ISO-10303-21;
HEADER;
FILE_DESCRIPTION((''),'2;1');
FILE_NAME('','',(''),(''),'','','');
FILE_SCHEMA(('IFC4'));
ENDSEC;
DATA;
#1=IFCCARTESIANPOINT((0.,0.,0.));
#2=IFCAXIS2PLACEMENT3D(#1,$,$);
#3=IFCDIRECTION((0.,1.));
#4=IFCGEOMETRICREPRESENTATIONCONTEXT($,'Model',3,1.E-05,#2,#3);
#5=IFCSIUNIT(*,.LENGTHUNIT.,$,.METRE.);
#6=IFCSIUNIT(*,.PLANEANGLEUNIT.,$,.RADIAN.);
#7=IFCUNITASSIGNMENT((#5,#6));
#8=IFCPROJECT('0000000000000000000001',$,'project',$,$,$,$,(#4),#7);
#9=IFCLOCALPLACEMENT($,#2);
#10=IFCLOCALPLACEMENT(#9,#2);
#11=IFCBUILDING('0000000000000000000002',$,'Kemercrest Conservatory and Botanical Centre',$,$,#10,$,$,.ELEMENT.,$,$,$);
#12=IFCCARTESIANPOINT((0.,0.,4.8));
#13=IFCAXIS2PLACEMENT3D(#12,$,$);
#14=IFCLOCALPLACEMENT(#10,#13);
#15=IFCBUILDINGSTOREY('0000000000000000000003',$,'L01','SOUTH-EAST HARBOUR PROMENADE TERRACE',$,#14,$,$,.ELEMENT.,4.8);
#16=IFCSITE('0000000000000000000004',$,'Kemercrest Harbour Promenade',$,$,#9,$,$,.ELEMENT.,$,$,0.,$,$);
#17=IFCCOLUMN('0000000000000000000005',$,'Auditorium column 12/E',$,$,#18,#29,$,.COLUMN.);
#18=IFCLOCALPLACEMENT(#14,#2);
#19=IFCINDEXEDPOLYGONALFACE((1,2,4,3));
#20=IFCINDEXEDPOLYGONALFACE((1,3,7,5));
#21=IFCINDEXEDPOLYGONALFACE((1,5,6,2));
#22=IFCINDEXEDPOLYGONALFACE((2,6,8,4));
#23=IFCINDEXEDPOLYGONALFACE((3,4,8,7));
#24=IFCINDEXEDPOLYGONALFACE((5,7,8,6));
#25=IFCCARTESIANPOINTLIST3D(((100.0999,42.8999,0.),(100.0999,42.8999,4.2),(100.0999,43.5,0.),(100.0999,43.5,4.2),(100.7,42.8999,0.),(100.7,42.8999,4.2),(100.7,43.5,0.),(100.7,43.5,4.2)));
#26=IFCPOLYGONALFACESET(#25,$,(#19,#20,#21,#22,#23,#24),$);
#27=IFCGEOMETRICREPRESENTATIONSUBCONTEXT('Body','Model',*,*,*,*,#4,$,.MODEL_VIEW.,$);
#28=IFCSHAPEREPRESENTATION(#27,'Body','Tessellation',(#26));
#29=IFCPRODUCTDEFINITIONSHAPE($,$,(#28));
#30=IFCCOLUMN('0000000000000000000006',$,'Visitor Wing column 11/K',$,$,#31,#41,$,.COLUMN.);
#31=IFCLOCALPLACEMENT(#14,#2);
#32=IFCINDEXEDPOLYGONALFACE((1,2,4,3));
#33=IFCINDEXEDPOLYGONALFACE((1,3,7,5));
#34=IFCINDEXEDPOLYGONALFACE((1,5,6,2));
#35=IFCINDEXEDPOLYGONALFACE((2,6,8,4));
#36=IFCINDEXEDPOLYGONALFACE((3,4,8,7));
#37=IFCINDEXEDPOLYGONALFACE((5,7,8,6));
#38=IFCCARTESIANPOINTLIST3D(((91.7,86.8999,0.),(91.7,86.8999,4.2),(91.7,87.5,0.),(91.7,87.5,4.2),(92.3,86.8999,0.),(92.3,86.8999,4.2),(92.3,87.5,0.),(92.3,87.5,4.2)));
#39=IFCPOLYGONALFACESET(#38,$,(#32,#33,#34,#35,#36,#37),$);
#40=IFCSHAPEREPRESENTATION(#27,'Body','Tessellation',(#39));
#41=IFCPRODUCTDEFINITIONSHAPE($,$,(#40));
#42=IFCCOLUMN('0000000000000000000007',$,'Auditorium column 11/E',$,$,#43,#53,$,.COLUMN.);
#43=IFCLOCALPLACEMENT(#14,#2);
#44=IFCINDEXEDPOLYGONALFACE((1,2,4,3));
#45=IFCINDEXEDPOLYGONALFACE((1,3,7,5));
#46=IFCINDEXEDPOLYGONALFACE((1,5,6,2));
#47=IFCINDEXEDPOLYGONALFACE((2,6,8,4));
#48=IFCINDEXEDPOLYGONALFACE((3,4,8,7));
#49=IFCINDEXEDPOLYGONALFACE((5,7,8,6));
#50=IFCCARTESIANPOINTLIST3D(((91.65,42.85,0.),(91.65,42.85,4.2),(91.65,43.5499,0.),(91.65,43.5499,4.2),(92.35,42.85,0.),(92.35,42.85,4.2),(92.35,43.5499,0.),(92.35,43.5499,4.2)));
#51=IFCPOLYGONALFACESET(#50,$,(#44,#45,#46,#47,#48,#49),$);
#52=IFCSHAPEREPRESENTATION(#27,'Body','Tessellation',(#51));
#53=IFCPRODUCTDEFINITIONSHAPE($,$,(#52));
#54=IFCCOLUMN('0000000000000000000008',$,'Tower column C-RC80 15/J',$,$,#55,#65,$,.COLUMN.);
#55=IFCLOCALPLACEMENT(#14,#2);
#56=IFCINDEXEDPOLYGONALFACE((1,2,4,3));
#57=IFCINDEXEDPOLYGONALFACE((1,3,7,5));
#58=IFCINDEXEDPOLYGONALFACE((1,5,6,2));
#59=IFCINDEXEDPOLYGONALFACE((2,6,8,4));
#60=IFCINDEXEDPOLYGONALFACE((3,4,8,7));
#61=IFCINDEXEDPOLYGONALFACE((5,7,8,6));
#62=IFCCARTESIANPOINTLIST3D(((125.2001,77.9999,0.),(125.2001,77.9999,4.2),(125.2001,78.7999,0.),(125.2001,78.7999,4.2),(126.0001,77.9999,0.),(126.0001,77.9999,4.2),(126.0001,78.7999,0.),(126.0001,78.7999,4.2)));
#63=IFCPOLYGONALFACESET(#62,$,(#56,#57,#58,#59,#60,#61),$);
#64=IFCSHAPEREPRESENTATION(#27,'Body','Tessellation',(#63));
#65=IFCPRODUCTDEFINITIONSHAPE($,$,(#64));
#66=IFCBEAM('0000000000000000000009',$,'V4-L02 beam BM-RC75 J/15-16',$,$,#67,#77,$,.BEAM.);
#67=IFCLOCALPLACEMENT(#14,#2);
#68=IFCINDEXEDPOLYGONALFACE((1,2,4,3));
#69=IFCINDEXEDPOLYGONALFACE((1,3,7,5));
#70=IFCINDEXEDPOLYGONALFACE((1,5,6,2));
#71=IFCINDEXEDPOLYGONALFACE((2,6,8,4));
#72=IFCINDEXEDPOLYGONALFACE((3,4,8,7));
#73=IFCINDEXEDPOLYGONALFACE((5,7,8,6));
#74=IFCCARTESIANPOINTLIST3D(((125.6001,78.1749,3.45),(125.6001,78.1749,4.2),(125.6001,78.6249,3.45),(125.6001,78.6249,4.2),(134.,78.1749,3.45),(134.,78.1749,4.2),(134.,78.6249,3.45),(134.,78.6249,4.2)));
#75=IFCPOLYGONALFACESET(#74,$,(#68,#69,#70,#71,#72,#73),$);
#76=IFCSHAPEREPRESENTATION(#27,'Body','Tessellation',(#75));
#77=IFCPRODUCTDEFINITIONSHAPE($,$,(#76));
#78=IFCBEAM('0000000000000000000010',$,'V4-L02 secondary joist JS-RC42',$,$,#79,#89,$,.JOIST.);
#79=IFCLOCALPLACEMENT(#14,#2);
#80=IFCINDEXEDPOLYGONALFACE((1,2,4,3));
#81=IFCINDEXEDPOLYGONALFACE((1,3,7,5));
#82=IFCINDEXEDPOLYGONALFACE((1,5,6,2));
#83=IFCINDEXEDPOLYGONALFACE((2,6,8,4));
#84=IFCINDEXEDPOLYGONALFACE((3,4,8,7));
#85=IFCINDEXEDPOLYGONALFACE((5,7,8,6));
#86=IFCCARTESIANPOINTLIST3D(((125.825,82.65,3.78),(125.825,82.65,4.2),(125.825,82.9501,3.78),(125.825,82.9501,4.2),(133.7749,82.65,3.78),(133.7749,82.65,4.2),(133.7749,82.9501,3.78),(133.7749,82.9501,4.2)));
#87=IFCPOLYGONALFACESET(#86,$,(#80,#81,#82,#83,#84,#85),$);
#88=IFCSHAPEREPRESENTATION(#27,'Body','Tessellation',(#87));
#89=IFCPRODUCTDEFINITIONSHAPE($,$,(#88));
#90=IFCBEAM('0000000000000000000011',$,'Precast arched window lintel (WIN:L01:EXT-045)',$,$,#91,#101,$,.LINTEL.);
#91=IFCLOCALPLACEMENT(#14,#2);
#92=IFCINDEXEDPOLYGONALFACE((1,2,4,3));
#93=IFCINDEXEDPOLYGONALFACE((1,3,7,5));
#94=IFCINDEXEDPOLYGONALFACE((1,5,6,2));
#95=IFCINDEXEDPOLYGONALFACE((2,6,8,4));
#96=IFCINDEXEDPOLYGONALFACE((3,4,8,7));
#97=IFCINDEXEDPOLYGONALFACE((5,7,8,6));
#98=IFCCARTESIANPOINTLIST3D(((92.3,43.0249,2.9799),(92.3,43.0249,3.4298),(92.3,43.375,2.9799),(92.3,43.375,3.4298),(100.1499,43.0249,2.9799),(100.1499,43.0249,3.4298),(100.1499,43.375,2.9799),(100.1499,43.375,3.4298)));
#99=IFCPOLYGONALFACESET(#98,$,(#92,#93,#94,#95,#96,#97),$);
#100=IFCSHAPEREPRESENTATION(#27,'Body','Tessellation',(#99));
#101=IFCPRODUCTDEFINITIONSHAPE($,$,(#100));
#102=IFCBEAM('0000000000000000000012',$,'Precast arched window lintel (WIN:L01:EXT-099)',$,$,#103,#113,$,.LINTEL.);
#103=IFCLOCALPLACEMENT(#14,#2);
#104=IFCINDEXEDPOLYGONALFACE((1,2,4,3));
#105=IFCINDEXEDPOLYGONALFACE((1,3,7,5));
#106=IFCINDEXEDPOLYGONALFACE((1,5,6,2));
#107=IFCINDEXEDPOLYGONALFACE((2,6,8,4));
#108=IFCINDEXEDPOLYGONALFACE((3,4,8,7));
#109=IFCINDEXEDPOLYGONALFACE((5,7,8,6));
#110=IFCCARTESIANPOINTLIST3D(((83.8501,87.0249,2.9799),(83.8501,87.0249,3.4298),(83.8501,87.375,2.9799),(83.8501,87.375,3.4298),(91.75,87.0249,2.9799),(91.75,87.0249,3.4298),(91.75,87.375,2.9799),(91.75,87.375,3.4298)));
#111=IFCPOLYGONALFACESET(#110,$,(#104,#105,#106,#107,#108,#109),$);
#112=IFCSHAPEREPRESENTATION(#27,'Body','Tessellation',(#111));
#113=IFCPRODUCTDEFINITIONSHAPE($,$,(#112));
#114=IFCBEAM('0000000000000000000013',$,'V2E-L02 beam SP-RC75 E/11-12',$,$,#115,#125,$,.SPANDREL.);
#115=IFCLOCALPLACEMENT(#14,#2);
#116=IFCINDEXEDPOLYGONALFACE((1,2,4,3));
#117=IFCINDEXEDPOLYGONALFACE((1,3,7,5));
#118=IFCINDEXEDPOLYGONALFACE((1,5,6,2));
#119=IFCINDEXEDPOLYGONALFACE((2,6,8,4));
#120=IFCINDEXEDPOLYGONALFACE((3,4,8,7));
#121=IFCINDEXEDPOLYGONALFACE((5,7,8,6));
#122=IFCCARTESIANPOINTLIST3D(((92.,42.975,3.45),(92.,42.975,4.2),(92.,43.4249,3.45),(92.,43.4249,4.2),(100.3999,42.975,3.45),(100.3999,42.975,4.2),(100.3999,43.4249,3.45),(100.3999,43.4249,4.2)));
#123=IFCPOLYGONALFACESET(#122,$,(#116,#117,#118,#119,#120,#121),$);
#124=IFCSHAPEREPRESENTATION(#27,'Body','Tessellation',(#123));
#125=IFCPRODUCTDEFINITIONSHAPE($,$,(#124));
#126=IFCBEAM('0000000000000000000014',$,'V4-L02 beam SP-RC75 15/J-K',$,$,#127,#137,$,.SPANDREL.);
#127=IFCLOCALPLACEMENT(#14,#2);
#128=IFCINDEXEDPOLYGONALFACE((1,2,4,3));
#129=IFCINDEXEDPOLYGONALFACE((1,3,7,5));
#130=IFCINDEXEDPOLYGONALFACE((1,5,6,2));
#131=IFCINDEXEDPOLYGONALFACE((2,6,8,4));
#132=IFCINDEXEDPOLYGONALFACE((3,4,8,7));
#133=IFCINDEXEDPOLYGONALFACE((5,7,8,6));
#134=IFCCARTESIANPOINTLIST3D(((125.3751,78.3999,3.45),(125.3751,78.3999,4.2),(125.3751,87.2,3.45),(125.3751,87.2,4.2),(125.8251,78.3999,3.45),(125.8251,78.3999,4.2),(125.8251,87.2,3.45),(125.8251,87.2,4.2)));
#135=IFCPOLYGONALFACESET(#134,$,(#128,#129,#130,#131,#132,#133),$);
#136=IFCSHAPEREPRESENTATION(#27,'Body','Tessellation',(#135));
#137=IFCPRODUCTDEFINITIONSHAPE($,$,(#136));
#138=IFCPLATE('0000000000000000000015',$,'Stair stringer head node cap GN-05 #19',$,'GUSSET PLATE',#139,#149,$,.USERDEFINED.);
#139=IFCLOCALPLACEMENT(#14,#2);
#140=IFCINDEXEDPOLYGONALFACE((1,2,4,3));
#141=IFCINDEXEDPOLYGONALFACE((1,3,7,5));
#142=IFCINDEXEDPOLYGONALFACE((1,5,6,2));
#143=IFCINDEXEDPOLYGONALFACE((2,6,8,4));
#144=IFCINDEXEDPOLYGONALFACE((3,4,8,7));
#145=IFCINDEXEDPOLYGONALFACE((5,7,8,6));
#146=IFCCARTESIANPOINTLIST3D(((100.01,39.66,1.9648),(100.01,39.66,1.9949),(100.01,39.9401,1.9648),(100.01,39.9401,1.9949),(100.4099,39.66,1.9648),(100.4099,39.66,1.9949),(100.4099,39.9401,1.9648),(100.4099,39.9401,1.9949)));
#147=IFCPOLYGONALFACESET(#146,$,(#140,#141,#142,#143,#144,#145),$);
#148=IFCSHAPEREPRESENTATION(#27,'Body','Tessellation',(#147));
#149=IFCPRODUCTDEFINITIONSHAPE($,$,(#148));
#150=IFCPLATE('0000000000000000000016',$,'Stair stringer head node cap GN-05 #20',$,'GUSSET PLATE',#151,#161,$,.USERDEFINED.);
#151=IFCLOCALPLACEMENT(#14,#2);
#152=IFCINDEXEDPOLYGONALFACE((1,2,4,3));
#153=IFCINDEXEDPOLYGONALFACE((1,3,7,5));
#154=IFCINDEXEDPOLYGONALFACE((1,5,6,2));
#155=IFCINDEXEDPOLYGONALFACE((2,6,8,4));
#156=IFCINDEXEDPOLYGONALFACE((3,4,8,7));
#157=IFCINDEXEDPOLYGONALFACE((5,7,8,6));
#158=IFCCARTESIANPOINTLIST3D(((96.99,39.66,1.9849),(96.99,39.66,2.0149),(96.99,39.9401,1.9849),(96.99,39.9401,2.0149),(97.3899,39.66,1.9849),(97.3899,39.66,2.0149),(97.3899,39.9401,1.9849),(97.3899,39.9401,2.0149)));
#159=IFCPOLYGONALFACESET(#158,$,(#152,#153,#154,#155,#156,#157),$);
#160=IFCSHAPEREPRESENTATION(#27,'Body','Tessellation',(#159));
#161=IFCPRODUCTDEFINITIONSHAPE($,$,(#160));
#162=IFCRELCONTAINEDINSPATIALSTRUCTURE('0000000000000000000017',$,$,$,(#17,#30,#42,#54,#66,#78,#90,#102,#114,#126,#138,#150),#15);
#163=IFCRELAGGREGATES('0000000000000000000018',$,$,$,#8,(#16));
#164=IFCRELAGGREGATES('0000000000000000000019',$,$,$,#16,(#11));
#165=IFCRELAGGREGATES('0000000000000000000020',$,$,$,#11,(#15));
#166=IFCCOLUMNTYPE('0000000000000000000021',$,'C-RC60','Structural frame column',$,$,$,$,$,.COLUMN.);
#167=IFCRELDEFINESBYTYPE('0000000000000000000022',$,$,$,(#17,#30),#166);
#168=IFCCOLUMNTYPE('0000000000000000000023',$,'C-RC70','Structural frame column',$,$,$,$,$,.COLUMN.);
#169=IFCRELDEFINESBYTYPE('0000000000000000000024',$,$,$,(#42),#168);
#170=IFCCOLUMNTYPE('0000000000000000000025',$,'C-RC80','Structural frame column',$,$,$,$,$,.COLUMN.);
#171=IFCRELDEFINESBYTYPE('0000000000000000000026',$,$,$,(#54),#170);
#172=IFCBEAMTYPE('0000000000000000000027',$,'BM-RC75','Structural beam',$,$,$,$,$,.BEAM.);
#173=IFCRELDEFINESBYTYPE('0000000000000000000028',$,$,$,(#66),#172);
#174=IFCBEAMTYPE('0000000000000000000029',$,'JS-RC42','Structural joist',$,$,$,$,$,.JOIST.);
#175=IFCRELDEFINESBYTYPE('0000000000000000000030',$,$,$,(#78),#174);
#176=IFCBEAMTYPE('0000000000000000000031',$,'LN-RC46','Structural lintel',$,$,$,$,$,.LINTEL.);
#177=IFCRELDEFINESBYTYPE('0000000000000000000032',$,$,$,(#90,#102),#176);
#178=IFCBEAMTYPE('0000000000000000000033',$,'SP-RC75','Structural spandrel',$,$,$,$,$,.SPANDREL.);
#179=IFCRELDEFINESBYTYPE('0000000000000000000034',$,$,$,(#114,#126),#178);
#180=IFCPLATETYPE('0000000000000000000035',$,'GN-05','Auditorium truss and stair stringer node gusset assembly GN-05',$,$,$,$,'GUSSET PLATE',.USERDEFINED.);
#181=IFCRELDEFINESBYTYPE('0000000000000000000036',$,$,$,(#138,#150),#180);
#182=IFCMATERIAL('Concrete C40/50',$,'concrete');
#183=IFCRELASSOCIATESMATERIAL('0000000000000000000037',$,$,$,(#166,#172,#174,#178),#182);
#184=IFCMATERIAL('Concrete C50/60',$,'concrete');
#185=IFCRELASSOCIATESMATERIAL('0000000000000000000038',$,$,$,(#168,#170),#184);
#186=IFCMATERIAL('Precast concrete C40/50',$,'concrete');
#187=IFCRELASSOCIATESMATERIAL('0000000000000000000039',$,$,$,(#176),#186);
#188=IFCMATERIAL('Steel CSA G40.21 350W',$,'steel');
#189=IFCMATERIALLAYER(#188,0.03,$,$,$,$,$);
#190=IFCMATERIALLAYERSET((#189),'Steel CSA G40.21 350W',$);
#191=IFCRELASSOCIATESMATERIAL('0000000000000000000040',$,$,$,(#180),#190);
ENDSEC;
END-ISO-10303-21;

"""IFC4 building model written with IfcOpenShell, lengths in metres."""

from ifc_helpers import new_model, si_unit, direction, frame, origin, origin_2d, place, context, subcontext, project, spatial, rectangle, extrude, material, layer, layer_set, material_profile, profile_set, type_object, element, save


model = new_model("IFC4")

# Units and contexts
model_context = context("Model", 3, precision=1e-05, world=origin(), true_north=direction((0.0, 1.0)))
body_context = subcontext(model_context, "Body", "Model", "MODEL_VIEW")
ifc_project = project(units=[si_unit("LENGTHUNIT", "METRE"), si_unit("PLANEANGLEUNIT", "RADIAN")], contexts=[model_context])

# Site, building, storey
site_placement = place(None, origin())
site = spatial("IfcSite", under=ifc_project, at=site_placement, Name="Kemercrest Harbour Promenade", CompositionType="ELEMENT", RefElevation=0.0)
building_placement = place(site_placement, origin())
building = spatial("IfcBuilding", under=site, at=building_placement, Name="Kemercrest Conservatory and Botanical Centre", CompositionType="ELEMENT")
storey_placement = place(building_placement, frame((0.0, 0.0, 4.8)))
storey = spatial("IfcBuildingStorey", under=building, at=storey_placement, Name="L01", Description="SOUTH-EAST HARBOUR PROMENADE TERRACE", CompositionType="ELEMENT", Elevation=4.8)

# Columns
ifc_material_1 = material(Name="Concrete C40/50", Category="concrete")
ifc_material_profile_1 = material_profile(ifc_material_1, rectangle(XDim=0.6001, YDim=0.6001, at=origin_2d()), Name="RC 600x600")
ifc_profile_set_1 = profile_set([ifc_material_profile_1], Name="Concrete C40/50")
column_type_1 = type_object("IfcColumnType", Name="C-RC60", Description="Structural frame column", PredefinedType="COLUMN", material=ifc_profile_set_1)
for number, where, z_axis, x_axis, name in (
    (1, (100.3999, 43.2, 0.0), (0.0, 0.0, 1.0), (1.0, 0.0, 0.0), "Auditorium column 12/E"),
    (2, (92.0, 87.2, 0.0), (0.0, 0.0, 1.0), (1.0, 0.0, 0.0), "Visitor Wing column 11/K"),
):
    element("IfcColumn", number, at=place(storey_placement, frame(where, z_axis=z_axis, x_axis=x_axis)), inside=storey, type_object=column_type_1, Name=name, PredefinedType="COLUMN", context=body_context, shape_type="SweptSolid", body=[
        extrude(rectangle(XDim=0.6001, YDim=0.6001, at=origin_2d()), origin(), (0.0, 0.0, 1.0), 4.2),
    ])
ifc_material_2 = material(Name="Concrete C50/60", Category="concrete")
ifc_material_profile_2 = material_profile(ifc_material_2, rectangle(XDim=0.7, YDim=0.7, at=origin_2d()), Name="RC 700x700")
ifc_profile_set_2 = profile_set([ifc_material_profile_2], Name="Concrete C50/60")
column_type_2 = type_object("IfcColumnType", Name="C-RC70", Description="Structural frame column", PredefinedType="COLUMN", material=ifc_profile_set_2)
column_1_placement = place(storey_placement, frame((92.0, 43.2, 0.0), z_axis=(0.0, 0.0, 1.0), x_axis=(1.0, 0.0, 0.0)))
element("IfcColumn", 3, at=column_1_placement, inside=storey, type_object=column_type_2, Name="Auditorium column 11/E", PredefinedType="COLUMN", context=body_context, shape_type="SweptSolid", body=[
    extrude(rectangle(XDim=0.7, YDim=0.7, at=origin_2d()), origin(), (0.0, 0.0, 1.0), 4.2),
])
ifc_material_profile_3 = material_profile(ifc_material_2, rectangle(XDim=0.8, YDim=0.8, at=origin_2d()), Name="RC 800x800")
ifc_profile_set_3 = profile_set([ifc_material_profile_3], Name="Concrete C50/60")
column_type_3 = type_object("IfcColumnType", Name="C-RC80", Description="Structural frame column", PredefinedType="COLUMN", material=ifc_profile_set_3)
column_2_placement = place(storey_placement, frame((125.6001, 78.3999, 0.0), z_axis=(0.0, 0.0, 1.0), x_axis=(1.0, 0.0, 0.0)))
element("IfcColumn", 4, at=column_2_placement, inside=storey, type_object=column_type_3, Name="Tower column C-RC80 15/J", PredefinedType="COLUMN", context=body_context, shape_type="SweptSolid", body=[
    extrude(rectangle(XDim=0.8, YDim=0.8, at=origin_2d()), origin(), (0.0, 0.0, 1.0), 4.2),
])

# Beams
ifc_material_profile_4 = material_profile(ifc_material_1, rectangle(XDim=0.45, YDim=0.75, at=origin_2d()), Name="RC 450x750")
ifc_profile_set_4 = profile_set([ifc_material_profile_4], Name="Concrete C40/50")
beam_type_1 = type_object("IfcBeamType", Name="BM-RC75", Description="Structural beam", PredefinedType="BEAM", material=ifc_profile_set_4)
beam_1_placement = place(storey_placement, frame((125.6001, 78.3999, 3.825), z_axis=(1.0, 0.0, 0.0), x_axis=(0.0, 1.0, 0.0)))
element("IfcBeam", 5, at=beam_1_placement, inside=storey, type_object=beam_type_1, Name="V4-L02 beam BM-RC75 J/15-16", PredefinedType="BEAM", context=body_context, shape_type="SweptSolid", body=[
    extrude(rectangle(XDim=0.45, YDim=0.75, at=origin_2d()), origin(), (0.0, 0.0, 1.0), 8.3999),
])
ifc_material_profile_5 = material_profile(ifc_material_1, rectangle(XDim=0.3, YDim=0.4199, at=origin_2d()), Name="RC 300x420")
ifc_profile_set_5 = profile_set([ifc_material_profile_5], Name="Concrete C40/50")
beam_type_2 = type_object("IfcBeamType", Name="JS-RC42", Description="Structural joist", PredefinedType="JOIST", material=ifc_profile_set_5)
beam_2_placement = place(storey_placement, frame((125.825, 82.8, 3.99), z_axis=(1.0, 0.0, 0.0), x_axis=(0.0, 1.0, 0.0)))
element("IfcBeam", 6, at=beam_2_placement, inside=storey, type_object=beam_type_2, Name="V4-L02 secondary joist JS-RC42", PredefinedType="JOIST", context=body_context, shape_type="SweptSolid", body=[
    extrude(rectangle(XDim=0.3, YDim=0.4199, at=origin_2d()), origin(), (0.0, 0.0, 1.0), 7.95),
])
ifc_material_3 = material(Name="Precast concrete C40/50", Category="concrete")
ifc_material_profile_6 = material_profile(ifc_material_3, rectangle(XDim=0.3501, YDim=0.45, at=origin_2d()), Name="RC 350x450")
ifc_profile_set_6 = profile_set([ifc_material_profile_6], Name="Precast concrete C40/50")
beam_type_3 = type_object("IfcBeamType", Name="LN-RC46", Description="Structural lintel", PredefinedType="LINTEL", material=ifc_profile_set_6)
beam_3_placement = place(storey_placement, frame((100.1499, 43.2, 3.2048), z_axis=(-1.0, 0.0, 0.0), x_axis=(0.0, -1.0, 0.0)))
element("IfcBeam", 7, at=beam_3_placement, inside=storey, type_object=beam_type_3, Name="Precast arched window lintel (WIN:L01:EXT-045)", PredefinedType="LINTEL", context=body_context, shape_type="SweptSolid", body=[
    extrude(rectangle(XDim=0.3501, YDim=0.45, at=origin_2d()), origin(), (0.0, 0.0, 1.0), 7.8499),
])
beam_4_placement = place(storey_placement, frame((83.8501, 87.2, 3.2048), z_axis=(1.0, 0.0, 0.0), x_axis=(0.0, 1.0, 0.0)))
element("IfcBeam", 8, at=beam_4_placement, inside=storey, type_object=beam_type_3, Name="Precast arched window lintel (WIN:L01:EXT-099)", PredefinedType="LINTEL", context=body_context, shape_type="SweptSolid", body=[
    extrude(rectangle(XDim=0.3501, YDim=0.45, at=origin_2d()), origin(), (0.0, 0.0, 1.0), 7.8999),
])
ifc_material_profile_7 = material_profile(ifc_material_1, rectangle(XDim=0.45, YDim=0.75, at=origin_2d()), Name="RC 450x750")
ifc_profile_set_7 = profile_set([ifc_material_profile_7], Name="Concrete C40/50")
beam_type_4 = type_object("IfcBeamType", Name="SP-RC75", Description="Structural spandrel", PredefinedType="SPANDREL", material=ifc_profile_set_7)
beam_5_placement = place(storey_placement, frame((92.0, 43.2, 3.825), z_axis=(1.0, 0.0, 0.0), x_axis=(0.0, 1.0, 0.0)))
element("IfcBeam", 9, at=beam_5_placement, inside=storey, type_object=beam_type_4, Name="V2E-L02 beam SP-RC75 E/11-12", PredefinedType="SPANDREL", context=body_context, shape_type="SweptSolid", body=[
    extrude(rectangle(XDim=0.45, YDim=0.75, at=origin_2d()), origin(), (0.0, 0.0, 1.0), 8.3999),
])
beam_6_placement = place(storey_placement, frame((125.6001, 78.3999, 3.825), z_axis=(0.0, 1.0, 0.0), x_axis=(-1.0, 0.0, 0.0)))
element("IfcBeam", 10, at=beam_6_placement, inside=storey, type_object=beam_type_4, Name="V4-L02 beam SP-RC75 15/J-K", PredefinedType="SPANDREL", context=body_context, shape_type="SweptSolid", body=[
    extrude(rectangle(XDim=0.45, YDim=0.75, at=origin_2d()), origin(), (0.0, 0.0, 1.0), 8.8),
])

# Plates
ifc_material_4 = material(Name="Steel CSA G40.21 350W", Category="steel")
ifc_layer_1 = layer(ifc_material_4, 0.03)
ifc_layer_set_1 = layer_set([ifc_layer_1], Name="Steel CSA G40.21 350W")
plate_type = type_object("IfcPlateType", Name="GN-05", Description="Auditorium truss and stair stringer node gusset assembly GN-05", ElementType="GUSSET PLATE", PredefinedType="USERDEFINED", material=ifc_layer_set_1)
for number, where, z_axis, x_axis, name in (
    (11, (100.21, 39.8, 1.9648), (0.0, 0.0, 1.0), (1.0, 0.0, 0.0), "Stair stringer head node cap GN-05 #19"),
    (12, (97.1899, 39.8, 1.9849), (0.0, 0.0, 1.0), (1.0, 0.0, 0.0), "Stair stringer head node cap GN-05 #20"),
):
    element("IfcPlate", number, at=place(storey_placement, frame(where, z_axis=z_axis, x_axis=x_axis)), inside=storey, type_object=plate_type, Name=name, ObjectType="GUSSET PLATE", PredefinedType="USERDEFINED", context=body_context, shape_type="SweptSolid", body=[
        extrude(rectangle(XDim=0.3999, YDim=0.28, at=origin_2d()), origin(), (0.0, 0.0, 1.0), 0.03),
    ])

save(model, "model.ifc")
